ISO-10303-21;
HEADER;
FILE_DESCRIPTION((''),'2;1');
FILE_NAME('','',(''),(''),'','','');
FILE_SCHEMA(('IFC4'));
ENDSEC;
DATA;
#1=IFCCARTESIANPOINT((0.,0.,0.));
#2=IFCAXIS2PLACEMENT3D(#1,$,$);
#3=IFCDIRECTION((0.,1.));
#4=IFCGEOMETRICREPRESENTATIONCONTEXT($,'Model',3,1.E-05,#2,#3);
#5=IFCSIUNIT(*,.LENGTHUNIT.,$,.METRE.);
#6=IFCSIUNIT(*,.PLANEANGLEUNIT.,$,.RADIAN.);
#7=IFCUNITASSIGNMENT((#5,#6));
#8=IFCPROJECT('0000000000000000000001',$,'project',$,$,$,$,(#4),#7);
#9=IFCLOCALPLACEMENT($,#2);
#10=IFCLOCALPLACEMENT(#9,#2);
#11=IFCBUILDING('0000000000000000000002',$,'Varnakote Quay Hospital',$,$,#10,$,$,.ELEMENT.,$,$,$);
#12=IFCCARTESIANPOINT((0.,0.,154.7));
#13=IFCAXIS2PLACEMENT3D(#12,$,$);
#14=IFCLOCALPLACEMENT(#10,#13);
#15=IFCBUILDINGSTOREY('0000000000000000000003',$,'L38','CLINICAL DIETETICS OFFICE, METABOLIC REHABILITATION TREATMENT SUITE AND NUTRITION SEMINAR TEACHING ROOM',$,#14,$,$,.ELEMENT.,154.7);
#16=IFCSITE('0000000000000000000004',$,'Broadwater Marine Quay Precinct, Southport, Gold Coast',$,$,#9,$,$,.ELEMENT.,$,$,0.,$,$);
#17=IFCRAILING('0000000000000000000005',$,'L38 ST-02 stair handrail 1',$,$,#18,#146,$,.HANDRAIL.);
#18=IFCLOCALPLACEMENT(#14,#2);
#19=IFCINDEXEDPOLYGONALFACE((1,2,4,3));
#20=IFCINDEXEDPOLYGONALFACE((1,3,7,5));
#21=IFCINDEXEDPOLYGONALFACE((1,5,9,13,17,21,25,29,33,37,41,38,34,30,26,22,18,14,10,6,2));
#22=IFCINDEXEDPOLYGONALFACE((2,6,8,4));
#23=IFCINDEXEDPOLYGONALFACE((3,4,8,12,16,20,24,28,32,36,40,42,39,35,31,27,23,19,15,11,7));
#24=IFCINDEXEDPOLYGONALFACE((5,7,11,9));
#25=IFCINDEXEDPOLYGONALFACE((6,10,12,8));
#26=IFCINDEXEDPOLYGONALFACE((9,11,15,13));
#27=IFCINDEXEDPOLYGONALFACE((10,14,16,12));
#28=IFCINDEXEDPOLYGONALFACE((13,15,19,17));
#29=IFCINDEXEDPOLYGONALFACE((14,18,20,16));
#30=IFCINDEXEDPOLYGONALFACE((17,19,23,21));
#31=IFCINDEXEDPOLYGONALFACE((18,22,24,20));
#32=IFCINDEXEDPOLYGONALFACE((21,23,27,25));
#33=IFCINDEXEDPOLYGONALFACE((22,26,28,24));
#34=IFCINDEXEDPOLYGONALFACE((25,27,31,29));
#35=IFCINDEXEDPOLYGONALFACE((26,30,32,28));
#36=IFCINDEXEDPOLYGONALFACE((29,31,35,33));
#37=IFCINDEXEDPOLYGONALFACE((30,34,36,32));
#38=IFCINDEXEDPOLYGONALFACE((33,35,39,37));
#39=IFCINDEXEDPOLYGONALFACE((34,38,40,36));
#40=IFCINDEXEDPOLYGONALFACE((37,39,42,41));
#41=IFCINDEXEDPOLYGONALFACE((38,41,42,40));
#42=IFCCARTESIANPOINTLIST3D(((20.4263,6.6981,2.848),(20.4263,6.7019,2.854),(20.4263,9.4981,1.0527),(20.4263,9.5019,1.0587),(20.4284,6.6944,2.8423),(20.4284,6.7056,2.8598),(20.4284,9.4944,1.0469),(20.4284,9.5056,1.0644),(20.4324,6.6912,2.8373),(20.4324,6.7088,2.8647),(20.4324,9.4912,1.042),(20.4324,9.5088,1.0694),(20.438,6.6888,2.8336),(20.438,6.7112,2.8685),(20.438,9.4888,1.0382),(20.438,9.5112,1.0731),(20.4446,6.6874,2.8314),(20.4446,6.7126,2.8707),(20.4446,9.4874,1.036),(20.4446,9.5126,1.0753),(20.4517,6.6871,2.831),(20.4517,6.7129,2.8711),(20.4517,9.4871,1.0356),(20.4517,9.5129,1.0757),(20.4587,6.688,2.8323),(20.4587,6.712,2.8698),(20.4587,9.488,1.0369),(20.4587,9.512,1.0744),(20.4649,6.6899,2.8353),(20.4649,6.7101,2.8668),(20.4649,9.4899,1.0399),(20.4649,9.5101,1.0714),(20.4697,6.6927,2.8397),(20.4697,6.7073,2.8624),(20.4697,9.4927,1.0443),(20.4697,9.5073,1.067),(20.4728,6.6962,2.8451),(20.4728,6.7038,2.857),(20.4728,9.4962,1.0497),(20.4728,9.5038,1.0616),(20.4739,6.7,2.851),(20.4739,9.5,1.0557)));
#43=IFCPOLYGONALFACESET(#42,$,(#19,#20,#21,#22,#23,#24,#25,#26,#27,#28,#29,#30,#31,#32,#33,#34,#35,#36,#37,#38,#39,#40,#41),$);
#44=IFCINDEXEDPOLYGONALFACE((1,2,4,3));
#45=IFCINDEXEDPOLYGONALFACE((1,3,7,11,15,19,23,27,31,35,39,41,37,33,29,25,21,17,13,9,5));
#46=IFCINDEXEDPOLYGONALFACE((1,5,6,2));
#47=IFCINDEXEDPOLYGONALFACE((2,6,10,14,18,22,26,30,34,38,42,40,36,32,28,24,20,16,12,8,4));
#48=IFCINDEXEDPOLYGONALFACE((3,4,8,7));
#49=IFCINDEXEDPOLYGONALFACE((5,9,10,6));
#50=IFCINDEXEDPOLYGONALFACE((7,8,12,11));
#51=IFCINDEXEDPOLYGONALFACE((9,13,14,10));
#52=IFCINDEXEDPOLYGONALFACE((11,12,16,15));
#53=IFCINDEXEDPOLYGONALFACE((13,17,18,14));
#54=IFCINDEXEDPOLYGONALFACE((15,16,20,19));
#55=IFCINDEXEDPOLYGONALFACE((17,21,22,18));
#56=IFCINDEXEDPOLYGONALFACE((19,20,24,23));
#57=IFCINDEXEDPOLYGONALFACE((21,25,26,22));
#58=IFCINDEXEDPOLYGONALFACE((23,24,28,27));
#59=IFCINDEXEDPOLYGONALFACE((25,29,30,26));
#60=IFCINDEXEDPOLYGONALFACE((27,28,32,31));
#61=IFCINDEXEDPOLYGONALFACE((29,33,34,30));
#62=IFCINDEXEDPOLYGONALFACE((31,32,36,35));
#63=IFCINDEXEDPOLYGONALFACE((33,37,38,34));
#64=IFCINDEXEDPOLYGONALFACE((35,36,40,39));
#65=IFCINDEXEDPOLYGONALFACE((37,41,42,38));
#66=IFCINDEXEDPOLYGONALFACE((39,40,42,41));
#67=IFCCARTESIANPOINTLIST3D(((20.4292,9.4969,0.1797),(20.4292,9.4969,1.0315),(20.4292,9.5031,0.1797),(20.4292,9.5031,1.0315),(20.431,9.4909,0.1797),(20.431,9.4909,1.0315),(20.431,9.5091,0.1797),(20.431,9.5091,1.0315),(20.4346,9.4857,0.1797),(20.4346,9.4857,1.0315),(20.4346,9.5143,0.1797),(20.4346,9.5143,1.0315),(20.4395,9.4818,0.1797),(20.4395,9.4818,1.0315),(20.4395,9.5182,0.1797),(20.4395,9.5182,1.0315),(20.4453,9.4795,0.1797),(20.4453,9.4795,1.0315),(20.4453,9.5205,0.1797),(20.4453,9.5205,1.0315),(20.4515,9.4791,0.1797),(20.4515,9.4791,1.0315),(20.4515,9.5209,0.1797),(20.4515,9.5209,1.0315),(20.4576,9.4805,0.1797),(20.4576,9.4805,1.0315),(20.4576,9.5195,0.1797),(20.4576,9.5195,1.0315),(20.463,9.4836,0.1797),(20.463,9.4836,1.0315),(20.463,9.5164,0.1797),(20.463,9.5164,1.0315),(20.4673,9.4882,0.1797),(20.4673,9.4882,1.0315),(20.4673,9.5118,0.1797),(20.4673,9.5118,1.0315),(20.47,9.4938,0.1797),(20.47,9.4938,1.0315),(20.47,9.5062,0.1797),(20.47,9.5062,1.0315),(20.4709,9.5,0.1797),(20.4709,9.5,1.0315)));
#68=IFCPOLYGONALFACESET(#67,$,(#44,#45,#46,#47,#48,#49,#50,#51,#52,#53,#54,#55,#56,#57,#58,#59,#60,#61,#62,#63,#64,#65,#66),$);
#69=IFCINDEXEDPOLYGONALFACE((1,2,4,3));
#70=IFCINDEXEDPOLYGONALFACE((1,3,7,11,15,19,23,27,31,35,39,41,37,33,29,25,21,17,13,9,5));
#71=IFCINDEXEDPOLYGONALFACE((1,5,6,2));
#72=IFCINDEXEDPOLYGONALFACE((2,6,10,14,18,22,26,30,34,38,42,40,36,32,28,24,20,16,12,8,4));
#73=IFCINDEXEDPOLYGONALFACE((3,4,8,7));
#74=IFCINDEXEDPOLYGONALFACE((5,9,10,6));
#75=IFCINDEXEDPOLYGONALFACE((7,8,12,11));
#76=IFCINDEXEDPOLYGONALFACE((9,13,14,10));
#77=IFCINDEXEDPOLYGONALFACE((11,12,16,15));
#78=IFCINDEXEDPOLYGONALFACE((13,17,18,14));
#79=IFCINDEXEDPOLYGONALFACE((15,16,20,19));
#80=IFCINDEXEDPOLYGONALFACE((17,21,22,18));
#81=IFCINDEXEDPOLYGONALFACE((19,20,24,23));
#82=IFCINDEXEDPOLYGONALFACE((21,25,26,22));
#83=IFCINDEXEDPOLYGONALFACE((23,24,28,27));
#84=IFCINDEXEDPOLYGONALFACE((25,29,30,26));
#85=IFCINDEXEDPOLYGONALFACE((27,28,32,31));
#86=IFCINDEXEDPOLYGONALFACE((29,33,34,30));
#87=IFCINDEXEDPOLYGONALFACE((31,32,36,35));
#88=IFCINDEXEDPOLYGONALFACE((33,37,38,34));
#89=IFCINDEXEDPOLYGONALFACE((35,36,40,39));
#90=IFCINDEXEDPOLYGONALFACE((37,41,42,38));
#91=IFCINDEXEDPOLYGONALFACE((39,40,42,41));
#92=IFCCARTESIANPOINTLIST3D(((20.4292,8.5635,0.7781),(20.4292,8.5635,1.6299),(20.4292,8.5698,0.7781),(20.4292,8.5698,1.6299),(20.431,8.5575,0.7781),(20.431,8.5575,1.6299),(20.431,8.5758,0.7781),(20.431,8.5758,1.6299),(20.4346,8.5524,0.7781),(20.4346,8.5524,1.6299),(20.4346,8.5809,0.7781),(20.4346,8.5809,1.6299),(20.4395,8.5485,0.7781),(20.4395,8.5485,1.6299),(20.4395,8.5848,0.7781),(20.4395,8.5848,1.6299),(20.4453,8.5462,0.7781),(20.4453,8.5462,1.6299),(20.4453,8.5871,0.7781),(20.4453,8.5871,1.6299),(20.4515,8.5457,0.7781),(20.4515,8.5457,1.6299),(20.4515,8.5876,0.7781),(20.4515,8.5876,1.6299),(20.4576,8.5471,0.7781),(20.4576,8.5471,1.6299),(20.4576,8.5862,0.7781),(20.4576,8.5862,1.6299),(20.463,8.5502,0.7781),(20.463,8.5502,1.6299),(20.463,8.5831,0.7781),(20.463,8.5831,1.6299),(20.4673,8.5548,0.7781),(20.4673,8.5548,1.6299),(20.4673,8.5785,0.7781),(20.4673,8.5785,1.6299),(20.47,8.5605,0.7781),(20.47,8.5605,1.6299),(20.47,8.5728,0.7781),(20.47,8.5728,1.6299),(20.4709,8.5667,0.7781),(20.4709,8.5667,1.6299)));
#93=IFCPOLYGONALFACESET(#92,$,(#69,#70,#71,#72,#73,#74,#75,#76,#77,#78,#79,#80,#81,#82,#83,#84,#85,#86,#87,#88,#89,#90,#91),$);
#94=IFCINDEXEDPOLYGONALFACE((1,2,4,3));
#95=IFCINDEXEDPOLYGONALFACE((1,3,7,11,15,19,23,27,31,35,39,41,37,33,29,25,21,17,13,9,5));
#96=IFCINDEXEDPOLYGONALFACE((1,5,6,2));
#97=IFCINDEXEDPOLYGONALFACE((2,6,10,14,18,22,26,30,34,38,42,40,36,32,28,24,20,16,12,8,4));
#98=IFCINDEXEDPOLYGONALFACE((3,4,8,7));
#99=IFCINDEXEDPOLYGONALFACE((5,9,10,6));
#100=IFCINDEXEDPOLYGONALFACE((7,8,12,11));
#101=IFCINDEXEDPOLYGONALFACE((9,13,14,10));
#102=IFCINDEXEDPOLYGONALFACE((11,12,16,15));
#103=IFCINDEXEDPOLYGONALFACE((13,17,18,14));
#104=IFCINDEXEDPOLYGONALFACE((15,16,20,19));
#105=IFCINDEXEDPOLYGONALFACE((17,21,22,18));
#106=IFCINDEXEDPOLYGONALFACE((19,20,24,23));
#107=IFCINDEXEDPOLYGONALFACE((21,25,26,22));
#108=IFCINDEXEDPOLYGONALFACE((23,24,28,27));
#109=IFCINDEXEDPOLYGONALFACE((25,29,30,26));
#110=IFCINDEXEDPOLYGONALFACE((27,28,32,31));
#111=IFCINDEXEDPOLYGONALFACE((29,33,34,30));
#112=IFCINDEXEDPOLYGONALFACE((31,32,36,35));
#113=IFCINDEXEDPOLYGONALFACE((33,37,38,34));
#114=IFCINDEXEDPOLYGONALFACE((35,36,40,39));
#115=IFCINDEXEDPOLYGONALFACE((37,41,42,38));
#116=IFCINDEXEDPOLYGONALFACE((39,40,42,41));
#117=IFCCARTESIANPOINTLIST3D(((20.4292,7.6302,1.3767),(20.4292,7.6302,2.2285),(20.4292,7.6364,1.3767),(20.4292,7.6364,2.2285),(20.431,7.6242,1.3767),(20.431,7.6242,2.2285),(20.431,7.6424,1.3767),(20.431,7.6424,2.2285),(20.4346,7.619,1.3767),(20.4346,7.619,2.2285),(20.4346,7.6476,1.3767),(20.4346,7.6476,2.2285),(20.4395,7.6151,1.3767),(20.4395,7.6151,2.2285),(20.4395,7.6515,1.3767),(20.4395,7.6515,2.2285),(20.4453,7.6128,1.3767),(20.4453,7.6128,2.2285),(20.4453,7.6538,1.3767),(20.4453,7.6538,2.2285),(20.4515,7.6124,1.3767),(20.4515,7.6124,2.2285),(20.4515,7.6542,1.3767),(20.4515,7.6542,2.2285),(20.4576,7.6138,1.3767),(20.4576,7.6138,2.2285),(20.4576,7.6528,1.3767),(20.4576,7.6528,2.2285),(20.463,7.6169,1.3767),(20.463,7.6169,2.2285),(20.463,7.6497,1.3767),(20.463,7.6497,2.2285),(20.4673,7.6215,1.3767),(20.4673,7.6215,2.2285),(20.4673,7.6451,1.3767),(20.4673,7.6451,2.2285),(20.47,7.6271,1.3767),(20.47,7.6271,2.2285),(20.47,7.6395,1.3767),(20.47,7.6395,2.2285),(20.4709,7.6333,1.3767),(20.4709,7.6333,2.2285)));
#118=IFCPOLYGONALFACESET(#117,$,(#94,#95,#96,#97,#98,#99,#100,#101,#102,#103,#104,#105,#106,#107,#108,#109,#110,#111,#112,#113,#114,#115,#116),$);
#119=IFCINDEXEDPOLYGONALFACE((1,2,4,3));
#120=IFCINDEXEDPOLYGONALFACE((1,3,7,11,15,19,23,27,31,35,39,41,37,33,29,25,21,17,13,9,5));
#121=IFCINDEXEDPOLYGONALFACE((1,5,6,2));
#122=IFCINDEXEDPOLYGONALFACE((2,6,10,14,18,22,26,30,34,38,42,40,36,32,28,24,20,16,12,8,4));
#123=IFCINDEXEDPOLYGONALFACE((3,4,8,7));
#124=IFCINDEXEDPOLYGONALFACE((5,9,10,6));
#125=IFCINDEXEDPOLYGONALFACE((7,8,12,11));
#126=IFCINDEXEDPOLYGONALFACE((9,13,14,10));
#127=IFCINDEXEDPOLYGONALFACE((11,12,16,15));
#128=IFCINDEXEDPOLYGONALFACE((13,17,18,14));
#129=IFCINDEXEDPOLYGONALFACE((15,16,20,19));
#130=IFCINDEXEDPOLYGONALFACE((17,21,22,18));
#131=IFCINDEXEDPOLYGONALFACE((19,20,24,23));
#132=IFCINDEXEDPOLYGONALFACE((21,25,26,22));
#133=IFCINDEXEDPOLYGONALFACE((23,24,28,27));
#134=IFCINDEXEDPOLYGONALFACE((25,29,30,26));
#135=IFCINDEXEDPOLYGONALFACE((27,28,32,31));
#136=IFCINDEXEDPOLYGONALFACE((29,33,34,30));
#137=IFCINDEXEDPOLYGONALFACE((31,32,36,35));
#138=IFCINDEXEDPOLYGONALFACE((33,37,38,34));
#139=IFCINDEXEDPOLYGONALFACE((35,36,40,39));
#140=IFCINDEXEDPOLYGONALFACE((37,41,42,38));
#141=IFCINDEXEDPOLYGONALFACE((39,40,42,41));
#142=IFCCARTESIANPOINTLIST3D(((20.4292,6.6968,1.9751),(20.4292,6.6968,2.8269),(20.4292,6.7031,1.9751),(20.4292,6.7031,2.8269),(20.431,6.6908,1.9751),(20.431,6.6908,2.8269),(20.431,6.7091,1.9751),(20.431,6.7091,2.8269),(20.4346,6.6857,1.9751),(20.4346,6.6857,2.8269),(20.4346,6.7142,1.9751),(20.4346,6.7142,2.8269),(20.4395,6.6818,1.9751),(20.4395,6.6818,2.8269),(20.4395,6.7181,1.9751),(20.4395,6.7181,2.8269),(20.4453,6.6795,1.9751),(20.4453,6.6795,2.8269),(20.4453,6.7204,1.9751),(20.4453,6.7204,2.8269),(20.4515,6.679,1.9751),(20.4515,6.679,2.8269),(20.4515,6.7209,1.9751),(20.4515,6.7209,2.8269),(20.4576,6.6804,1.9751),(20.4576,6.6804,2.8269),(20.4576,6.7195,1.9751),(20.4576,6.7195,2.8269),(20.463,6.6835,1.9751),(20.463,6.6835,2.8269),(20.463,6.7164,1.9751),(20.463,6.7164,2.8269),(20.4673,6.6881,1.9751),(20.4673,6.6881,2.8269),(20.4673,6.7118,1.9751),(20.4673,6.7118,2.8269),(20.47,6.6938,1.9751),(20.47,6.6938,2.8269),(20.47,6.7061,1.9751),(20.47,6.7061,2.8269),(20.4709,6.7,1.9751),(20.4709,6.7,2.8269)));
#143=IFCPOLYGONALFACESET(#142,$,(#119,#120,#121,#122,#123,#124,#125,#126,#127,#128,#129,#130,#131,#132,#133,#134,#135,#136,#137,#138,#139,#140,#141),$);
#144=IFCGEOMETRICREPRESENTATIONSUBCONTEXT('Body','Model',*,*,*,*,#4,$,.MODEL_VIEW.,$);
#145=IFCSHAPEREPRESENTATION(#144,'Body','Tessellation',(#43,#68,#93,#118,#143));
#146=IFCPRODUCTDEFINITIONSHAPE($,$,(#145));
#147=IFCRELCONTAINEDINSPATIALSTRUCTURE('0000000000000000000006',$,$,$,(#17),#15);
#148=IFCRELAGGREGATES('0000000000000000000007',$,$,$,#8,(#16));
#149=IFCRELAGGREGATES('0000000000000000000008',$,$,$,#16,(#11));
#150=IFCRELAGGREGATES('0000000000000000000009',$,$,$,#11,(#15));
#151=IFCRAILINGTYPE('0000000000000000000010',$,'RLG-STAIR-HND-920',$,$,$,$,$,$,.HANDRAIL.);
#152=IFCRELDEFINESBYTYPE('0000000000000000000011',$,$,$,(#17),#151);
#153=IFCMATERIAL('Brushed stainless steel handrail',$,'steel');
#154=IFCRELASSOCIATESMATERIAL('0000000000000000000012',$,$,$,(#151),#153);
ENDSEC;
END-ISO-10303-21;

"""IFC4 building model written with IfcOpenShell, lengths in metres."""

from ifc_helpers import new_model, si_unit, direction, frame, origin, origin_2d, place, context, subcontext, project, spatial, circle, extrude, material, type_object, element, save


model = new_model("IFC4")

# Units and contexts
model_context = context("Model", 3, precision=1e-05, world=origin(), true_north=direction((0.0, 1.0)))
body_context = subcontext(model_context, "Body", "Model", "MODEL_VIEW")
ifc_project = project(units=[si_unit("LENGTHUNIT", "METRE"), si_unit("PLANEANGLEUNIT", "RADIAN")], contexts=[model_context])

# Site, building, storey
site_placement = place(None, origin())
site = spatial("IfcSite", under=ifc_project, at=site_placement, Name="Broadwater Marine Quay Precinct, Southport, Gold Coast", CompositionType="ELEMENT", RefElevation=0.0)
building_placement = place(site_placement, origin())
building = spatial("IfcBuilding", under=site, at=building_placement, Name="Varnakote Quay Hospital", CompositionType="ELEMENT")
storey_placement = place(building_placement, frame((0.0, 0.0, 154.7)))
storey = spatial("IfcBuildingStorey", under=building, at=storey_placement, Name="L38", Description="CLINICAL DIETETICS OFFICE, METABOLIC REHABILITATION TREATMENT SUITE AND NUTRITION SEMINAR TEACHING ROOM", CompositionType="ELEMENT", Elevation=154.7)

# Railing
ifc_material_1 = material(Name="Brushed stainless steel handrail", Category="steel")
railing_type_1 = type_object("IfcRailingType", Name="RLG-STAIR-HND-920", PredefinedType="HANDRAIL", material=ifc_material_1)
railing_1_placement = place(storey_placement, frame((20.45, 9.5, 0.1797)))
element("IfcRailing", 1, at=railing_1_placement, inside=storey, type_object=railing_type_1, Name="L38 ST-02 stair handrail 1", PredefinedType="HANDRAIL", context=body_context, shape_type="SweptSolid", body=[
    extrude(circle(Radius=0.0239, at=origin_2d()), frame((0.0, 0.0, 0.876), z_axis=(0.0, -0.84181, 0.539774), x_axis=(1.0, 0.0, 0.0)), (0.0, 0.0, 1.0), 3.3262),
    extrude(circle(Radius=0.021, at=origin_2d()), origin(), (0.0, 0.0, 1.0), 0.8518),
    extrude(circle(Radius=0.021, at=origin_2d()), frame((0.0, -0.9333, 0.5984)), (0.0, 0.0, 1.0), 0.8518),
    extrude(circle(Radius=0.021, at=origin_2d()), frame((0.0, -1.8667, 1.197)), (0.0, 0.0, 1.0), 0.8518),
    extrude(circle(Radius=0.021, at=origin_2d()), frame((0.0, -2.8, 1.7954)), (0.0, 0.0, 1.0), 0.8518),
])

save(model, "model.ifc")
